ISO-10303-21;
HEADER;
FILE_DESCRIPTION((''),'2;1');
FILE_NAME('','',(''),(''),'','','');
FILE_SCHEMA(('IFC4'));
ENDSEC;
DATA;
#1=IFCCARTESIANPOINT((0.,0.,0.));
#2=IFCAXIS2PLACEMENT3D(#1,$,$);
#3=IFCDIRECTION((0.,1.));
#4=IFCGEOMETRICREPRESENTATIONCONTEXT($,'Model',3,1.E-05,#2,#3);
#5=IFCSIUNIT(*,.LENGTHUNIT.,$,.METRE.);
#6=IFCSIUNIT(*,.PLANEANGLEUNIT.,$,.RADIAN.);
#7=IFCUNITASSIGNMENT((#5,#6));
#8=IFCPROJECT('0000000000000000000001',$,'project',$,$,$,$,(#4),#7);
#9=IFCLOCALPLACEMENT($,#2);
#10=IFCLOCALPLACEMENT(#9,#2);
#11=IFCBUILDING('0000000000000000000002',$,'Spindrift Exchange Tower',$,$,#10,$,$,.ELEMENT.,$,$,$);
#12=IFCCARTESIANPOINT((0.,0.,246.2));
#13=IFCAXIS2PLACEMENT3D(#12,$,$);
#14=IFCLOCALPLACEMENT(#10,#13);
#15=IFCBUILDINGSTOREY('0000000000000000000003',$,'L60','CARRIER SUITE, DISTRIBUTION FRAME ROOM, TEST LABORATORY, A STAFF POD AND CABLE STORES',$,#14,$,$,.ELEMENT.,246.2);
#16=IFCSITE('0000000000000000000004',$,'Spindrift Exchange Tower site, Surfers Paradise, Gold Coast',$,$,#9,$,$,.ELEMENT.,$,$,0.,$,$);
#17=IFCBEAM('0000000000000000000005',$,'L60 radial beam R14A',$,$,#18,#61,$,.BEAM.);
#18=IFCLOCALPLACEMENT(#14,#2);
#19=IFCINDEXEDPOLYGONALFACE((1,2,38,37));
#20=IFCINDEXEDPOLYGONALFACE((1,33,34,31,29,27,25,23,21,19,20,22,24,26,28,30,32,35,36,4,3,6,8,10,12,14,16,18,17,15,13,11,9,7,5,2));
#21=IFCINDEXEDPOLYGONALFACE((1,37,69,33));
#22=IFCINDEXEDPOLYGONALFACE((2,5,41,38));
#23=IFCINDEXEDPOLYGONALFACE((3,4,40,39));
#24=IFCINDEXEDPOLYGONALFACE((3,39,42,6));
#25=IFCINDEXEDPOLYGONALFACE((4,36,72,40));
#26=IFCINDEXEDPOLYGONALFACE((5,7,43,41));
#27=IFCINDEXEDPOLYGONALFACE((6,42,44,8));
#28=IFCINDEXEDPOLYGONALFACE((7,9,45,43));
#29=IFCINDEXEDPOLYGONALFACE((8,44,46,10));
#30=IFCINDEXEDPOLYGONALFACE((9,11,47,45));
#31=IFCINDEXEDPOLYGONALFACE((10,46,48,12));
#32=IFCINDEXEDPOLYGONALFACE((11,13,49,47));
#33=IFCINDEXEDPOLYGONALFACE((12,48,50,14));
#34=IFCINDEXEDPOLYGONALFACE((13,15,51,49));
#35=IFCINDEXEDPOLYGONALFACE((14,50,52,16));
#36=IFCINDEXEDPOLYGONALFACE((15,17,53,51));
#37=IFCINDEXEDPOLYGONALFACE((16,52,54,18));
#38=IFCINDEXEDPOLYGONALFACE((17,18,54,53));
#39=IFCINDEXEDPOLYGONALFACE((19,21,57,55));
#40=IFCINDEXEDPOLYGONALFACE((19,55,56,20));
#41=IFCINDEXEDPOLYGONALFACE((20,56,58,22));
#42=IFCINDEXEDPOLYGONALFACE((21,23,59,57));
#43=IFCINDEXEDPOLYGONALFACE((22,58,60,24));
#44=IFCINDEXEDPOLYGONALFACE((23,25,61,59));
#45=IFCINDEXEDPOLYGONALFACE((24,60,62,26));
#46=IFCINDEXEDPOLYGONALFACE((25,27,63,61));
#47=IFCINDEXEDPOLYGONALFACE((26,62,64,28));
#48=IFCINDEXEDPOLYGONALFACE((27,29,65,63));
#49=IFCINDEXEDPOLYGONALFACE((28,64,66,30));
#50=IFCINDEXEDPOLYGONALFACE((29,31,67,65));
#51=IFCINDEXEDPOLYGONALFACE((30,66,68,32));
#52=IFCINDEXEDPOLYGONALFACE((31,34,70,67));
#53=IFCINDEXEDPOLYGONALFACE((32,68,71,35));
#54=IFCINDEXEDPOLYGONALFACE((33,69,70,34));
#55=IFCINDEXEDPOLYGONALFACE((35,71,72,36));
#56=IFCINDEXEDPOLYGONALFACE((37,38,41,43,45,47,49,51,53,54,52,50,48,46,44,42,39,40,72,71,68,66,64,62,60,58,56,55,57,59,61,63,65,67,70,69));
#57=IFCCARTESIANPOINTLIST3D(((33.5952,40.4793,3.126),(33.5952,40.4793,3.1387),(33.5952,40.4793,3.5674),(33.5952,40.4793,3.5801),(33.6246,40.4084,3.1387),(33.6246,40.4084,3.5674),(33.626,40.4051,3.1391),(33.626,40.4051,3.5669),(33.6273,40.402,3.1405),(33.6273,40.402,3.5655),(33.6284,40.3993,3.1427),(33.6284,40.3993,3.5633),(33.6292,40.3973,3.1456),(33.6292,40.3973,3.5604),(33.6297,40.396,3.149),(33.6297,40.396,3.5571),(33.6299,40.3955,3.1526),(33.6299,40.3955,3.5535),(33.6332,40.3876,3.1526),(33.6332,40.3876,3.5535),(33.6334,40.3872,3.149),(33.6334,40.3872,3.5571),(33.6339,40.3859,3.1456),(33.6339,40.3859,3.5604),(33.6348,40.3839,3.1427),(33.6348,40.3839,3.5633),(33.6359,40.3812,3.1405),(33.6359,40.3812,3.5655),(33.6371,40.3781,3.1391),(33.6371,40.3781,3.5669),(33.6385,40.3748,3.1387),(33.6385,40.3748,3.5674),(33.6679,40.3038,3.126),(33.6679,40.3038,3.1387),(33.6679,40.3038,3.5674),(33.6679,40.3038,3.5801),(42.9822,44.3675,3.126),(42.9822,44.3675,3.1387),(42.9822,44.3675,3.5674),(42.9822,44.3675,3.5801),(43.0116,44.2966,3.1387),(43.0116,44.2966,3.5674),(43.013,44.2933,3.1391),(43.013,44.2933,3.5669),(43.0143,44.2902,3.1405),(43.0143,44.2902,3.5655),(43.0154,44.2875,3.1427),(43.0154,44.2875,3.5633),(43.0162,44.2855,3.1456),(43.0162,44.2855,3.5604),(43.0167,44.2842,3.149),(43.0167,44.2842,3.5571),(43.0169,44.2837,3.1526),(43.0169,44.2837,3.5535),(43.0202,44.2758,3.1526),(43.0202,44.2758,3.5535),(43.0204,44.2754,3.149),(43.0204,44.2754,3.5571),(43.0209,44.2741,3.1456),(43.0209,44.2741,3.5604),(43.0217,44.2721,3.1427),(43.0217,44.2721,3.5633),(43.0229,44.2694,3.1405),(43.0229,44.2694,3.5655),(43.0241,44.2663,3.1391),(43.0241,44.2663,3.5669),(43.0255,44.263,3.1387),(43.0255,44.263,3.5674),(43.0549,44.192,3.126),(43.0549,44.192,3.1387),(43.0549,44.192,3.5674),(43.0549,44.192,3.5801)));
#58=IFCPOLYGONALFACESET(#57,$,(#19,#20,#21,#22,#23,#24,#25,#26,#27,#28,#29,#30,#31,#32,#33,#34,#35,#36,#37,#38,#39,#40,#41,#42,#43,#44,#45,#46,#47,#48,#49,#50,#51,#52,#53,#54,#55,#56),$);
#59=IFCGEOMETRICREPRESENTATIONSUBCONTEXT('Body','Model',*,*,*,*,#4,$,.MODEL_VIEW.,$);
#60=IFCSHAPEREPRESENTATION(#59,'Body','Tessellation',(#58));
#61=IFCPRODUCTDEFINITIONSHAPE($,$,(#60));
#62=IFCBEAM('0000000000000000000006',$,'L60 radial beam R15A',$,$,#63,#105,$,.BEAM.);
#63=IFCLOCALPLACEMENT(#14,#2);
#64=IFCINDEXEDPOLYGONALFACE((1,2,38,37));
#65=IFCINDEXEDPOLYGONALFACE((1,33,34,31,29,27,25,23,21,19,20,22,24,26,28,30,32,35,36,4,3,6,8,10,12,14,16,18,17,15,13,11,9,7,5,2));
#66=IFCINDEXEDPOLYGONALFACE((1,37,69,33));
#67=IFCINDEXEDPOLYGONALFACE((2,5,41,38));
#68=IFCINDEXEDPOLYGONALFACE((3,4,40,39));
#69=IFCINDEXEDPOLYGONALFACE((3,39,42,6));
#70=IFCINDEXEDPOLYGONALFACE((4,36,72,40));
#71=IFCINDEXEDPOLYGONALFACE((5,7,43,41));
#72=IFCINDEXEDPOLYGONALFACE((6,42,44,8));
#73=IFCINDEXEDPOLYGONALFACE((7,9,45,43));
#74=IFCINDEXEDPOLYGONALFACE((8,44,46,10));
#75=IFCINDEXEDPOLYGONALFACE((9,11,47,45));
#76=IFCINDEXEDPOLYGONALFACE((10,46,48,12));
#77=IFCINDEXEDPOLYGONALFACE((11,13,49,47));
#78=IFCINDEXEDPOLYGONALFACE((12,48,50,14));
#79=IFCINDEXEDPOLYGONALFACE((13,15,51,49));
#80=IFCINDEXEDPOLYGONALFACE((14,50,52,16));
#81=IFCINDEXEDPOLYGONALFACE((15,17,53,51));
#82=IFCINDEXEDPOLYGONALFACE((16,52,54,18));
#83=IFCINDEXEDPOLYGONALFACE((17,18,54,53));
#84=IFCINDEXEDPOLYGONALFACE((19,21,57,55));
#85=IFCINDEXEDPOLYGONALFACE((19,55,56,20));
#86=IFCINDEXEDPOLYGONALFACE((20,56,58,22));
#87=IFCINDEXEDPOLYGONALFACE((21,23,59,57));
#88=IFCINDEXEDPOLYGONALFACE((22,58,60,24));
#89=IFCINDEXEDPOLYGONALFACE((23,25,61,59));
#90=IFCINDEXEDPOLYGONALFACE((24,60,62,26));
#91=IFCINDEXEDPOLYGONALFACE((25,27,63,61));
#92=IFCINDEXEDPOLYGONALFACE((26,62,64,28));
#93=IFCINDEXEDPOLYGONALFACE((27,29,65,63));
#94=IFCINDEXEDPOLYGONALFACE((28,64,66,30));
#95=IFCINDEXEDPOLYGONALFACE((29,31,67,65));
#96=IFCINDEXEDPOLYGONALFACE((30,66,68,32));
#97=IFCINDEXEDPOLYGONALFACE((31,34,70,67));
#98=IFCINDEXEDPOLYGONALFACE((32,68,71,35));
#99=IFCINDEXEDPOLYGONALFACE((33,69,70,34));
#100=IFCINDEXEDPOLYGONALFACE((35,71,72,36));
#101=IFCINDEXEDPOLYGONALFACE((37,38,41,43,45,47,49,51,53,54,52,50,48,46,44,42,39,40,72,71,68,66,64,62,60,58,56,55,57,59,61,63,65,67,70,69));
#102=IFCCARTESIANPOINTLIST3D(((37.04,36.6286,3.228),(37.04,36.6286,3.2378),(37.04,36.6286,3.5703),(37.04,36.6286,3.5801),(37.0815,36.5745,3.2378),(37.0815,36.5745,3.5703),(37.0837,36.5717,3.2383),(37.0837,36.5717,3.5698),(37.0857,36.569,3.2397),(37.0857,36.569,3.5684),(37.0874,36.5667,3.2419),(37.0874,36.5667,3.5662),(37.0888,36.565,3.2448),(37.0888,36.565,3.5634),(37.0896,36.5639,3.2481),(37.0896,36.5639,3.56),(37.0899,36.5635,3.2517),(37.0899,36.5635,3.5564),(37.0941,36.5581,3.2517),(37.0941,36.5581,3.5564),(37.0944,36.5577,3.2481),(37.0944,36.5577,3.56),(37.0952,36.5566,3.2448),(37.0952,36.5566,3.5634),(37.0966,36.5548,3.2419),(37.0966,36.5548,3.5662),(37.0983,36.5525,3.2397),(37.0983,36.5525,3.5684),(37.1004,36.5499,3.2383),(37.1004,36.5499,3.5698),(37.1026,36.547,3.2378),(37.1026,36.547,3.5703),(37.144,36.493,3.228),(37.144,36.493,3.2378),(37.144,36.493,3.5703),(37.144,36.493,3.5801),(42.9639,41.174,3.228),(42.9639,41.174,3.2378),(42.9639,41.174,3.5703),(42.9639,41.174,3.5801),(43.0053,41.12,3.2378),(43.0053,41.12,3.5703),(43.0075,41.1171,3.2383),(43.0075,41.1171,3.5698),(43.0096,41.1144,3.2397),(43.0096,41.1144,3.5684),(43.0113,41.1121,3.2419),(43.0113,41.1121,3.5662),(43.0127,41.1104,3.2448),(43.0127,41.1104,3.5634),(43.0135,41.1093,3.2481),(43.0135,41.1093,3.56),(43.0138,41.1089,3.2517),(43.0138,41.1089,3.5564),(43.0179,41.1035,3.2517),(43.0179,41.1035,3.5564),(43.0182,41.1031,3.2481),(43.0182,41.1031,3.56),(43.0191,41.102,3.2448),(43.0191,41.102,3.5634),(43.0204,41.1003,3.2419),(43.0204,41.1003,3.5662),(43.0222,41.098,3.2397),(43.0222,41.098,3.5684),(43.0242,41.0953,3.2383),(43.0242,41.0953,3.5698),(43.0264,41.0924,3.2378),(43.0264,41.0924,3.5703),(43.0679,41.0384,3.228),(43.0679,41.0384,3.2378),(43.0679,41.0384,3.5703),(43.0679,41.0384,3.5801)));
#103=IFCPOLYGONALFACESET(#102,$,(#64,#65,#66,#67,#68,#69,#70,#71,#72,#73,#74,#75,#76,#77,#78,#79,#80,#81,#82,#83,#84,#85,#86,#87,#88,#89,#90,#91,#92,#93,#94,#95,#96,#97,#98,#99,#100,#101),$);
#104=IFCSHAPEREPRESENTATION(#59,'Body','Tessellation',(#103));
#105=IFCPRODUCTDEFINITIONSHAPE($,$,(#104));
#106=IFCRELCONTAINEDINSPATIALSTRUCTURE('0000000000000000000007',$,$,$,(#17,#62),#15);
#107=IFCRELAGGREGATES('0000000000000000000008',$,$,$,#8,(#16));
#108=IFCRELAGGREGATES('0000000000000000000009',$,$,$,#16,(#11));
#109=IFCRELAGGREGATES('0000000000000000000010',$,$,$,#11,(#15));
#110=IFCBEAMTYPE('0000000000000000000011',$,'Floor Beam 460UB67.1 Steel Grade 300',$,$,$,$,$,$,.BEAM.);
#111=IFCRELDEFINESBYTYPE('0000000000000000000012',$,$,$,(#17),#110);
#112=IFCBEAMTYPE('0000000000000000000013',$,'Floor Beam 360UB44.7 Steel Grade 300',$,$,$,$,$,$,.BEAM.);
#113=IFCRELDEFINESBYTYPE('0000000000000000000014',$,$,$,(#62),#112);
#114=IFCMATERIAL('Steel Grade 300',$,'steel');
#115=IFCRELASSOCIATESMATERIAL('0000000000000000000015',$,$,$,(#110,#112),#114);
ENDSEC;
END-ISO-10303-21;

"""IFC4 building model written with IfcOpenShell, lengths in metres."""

from ifc_helpers import new_model, si_unit, direction, frame, origin, origin_2d, place, context, subcontext, project, spatial, i_section, extrude, source, transform, mapped, material, material_profile, profile_set, type_object, element, save


model = new_model("IFC4")

# Units and contexts
model_context = context("Model", 3, precision=1e-05, world=origin(), true_north=direction((0.0, 1.0)))
body_context = subcontext(model_context, "Body", "Model", "MODEL_VIEW")
ifc_project = project(units=[si_unit("LENGTHUNIT", "METRE"), si_unit("PLANEANGLEUNIT", "RADIAN")], contexts=[model_context])

# Site, building, storey
site_placement = place(None, origin())
site = spatial("IfcSite", under=ifc_project, at=site_placement, Name="Spindrift Exchange Tower site, Surfers Paradise, Gold Coast", CompositionType="ELEMENT", RefElevation=0.0)
building_placement = place(site_placement, origin())
building = spatial("IfcBuilding", under=site, at=building_placement, Name="Spindrift Exchange Tower", CompositionType="ELEMENT")
storey_placement = place(building_placement, frame((0.0, 0.0, 246.2)))
storey = spatial("IfcBuildingStorey", under=building, at=storey_placement, Name="L60", Description="CARRIER SUITE, DISTRIBUTION FRAME ROOM, TEST LABORATORY, A STAFF POD AND CABLE STORES", CompositionType="ELEMENT", Elevation=246.2)

# Beams
ifc_material_1 = material(Name="Steel Grade 300", Category="steel")
ifc_material_profile_1 = material_profile(ifc_material_1, i_section(OverallWidth=0.1899, OverallDepth=0.4541, WebThickness=0.0085, FlangeThickness=0.0127, FilletRadius=0.0139, at=origin_2d()), Name="460UB67.1")
ifc_profile_set_1 = profile_set([ifc_material_profile_1], Name="Steel Grade 300")
beam_type_1 = type_object("IfcBeamType", Name="Floor Beam 460UB67.1 Steel Grade 300", PredefinedType="BEAM", material=ifc_profile_set_1)
shared_shape_1 = source(origin(), body_context, "Body", "SweptSolid", [
    extrude(i_section(OverallWidth=0.1899, OverallDepth=0.4541, WebThickness=0.0085, FlangeThickness=0.0127, FilletRadius=0.0139, at=origin_2d()), origin(), (0.0, 0.0, 1.0), 10.1604),
])
beam_1_placement = place(storey_placement, frame((43.0186, 44.2798, 3.353), z_axis=(-0.92388, -0.382681, 0.0), x_axis=(0.382681, -0.92388, 0.0)))
element("IfcBeam", 1, at=beam_1_placement, inside=storey, type_object=beam_type_1, Name="L60 radial beam R14A", PredefinedType="BEAM", context=body_context, shape_type="MappedRepresentation", body=[
    mapped(shared_shape_1, transform((0.0, 0.0, 0.0), scale=1.0)),
])
ifc_material_profile_2 = material_profile(ifc_material_1, i_section(OverallWidth=0.1709, OverallDepth=0.3521, WebThickness=0.0068, FlangeThickness=0.0098, FilletRadius=0.0139, at=origin_2d()), Name="360UB44.7")
ifc_profile_set_2 = profile_set([ifc_material_profile_2], Name="Steel Grade 300")
beam_type_2 = type_object("IfcBeamType", Name="Floor Beam 360UB44.7 Steel Grade 300", PredefinedType="BEAM", material=ifc_profile_set_2)
shared_shape_2 = source(origin(), body_context, "Body", "SweptSolid", [
    extrude(i_section(OverallWidth=0.1709, OverallDepth=0.3521, WebThickness=0.0068, FlangeThickness=0.0098, FilletRadius=0.0139, at=origin_2d()), origin(), (0.0, 0.0, 1.0), 7.4668),
])
beam_2_placement = place(storey_placement, frame((43.0159, 41.1062, 3.4041), z_axis=(-0.79336, -0.608753, 0.0), x_axis=(0.608753, -0.79336, 0.0)))
element("IfcBeam", 2, at=beam_2_placement, inside=storey, type_object=beam_type_2, Name="L60 radial beam R15A", PredefinedType="BEAM", context=body_context, shape_type="MappedRepresentation", body=[
    mapped(shared_shape_2, transform((0.0, 0.0, 0.0), scale=1.0)),
])

save(model, "model.ifc")
